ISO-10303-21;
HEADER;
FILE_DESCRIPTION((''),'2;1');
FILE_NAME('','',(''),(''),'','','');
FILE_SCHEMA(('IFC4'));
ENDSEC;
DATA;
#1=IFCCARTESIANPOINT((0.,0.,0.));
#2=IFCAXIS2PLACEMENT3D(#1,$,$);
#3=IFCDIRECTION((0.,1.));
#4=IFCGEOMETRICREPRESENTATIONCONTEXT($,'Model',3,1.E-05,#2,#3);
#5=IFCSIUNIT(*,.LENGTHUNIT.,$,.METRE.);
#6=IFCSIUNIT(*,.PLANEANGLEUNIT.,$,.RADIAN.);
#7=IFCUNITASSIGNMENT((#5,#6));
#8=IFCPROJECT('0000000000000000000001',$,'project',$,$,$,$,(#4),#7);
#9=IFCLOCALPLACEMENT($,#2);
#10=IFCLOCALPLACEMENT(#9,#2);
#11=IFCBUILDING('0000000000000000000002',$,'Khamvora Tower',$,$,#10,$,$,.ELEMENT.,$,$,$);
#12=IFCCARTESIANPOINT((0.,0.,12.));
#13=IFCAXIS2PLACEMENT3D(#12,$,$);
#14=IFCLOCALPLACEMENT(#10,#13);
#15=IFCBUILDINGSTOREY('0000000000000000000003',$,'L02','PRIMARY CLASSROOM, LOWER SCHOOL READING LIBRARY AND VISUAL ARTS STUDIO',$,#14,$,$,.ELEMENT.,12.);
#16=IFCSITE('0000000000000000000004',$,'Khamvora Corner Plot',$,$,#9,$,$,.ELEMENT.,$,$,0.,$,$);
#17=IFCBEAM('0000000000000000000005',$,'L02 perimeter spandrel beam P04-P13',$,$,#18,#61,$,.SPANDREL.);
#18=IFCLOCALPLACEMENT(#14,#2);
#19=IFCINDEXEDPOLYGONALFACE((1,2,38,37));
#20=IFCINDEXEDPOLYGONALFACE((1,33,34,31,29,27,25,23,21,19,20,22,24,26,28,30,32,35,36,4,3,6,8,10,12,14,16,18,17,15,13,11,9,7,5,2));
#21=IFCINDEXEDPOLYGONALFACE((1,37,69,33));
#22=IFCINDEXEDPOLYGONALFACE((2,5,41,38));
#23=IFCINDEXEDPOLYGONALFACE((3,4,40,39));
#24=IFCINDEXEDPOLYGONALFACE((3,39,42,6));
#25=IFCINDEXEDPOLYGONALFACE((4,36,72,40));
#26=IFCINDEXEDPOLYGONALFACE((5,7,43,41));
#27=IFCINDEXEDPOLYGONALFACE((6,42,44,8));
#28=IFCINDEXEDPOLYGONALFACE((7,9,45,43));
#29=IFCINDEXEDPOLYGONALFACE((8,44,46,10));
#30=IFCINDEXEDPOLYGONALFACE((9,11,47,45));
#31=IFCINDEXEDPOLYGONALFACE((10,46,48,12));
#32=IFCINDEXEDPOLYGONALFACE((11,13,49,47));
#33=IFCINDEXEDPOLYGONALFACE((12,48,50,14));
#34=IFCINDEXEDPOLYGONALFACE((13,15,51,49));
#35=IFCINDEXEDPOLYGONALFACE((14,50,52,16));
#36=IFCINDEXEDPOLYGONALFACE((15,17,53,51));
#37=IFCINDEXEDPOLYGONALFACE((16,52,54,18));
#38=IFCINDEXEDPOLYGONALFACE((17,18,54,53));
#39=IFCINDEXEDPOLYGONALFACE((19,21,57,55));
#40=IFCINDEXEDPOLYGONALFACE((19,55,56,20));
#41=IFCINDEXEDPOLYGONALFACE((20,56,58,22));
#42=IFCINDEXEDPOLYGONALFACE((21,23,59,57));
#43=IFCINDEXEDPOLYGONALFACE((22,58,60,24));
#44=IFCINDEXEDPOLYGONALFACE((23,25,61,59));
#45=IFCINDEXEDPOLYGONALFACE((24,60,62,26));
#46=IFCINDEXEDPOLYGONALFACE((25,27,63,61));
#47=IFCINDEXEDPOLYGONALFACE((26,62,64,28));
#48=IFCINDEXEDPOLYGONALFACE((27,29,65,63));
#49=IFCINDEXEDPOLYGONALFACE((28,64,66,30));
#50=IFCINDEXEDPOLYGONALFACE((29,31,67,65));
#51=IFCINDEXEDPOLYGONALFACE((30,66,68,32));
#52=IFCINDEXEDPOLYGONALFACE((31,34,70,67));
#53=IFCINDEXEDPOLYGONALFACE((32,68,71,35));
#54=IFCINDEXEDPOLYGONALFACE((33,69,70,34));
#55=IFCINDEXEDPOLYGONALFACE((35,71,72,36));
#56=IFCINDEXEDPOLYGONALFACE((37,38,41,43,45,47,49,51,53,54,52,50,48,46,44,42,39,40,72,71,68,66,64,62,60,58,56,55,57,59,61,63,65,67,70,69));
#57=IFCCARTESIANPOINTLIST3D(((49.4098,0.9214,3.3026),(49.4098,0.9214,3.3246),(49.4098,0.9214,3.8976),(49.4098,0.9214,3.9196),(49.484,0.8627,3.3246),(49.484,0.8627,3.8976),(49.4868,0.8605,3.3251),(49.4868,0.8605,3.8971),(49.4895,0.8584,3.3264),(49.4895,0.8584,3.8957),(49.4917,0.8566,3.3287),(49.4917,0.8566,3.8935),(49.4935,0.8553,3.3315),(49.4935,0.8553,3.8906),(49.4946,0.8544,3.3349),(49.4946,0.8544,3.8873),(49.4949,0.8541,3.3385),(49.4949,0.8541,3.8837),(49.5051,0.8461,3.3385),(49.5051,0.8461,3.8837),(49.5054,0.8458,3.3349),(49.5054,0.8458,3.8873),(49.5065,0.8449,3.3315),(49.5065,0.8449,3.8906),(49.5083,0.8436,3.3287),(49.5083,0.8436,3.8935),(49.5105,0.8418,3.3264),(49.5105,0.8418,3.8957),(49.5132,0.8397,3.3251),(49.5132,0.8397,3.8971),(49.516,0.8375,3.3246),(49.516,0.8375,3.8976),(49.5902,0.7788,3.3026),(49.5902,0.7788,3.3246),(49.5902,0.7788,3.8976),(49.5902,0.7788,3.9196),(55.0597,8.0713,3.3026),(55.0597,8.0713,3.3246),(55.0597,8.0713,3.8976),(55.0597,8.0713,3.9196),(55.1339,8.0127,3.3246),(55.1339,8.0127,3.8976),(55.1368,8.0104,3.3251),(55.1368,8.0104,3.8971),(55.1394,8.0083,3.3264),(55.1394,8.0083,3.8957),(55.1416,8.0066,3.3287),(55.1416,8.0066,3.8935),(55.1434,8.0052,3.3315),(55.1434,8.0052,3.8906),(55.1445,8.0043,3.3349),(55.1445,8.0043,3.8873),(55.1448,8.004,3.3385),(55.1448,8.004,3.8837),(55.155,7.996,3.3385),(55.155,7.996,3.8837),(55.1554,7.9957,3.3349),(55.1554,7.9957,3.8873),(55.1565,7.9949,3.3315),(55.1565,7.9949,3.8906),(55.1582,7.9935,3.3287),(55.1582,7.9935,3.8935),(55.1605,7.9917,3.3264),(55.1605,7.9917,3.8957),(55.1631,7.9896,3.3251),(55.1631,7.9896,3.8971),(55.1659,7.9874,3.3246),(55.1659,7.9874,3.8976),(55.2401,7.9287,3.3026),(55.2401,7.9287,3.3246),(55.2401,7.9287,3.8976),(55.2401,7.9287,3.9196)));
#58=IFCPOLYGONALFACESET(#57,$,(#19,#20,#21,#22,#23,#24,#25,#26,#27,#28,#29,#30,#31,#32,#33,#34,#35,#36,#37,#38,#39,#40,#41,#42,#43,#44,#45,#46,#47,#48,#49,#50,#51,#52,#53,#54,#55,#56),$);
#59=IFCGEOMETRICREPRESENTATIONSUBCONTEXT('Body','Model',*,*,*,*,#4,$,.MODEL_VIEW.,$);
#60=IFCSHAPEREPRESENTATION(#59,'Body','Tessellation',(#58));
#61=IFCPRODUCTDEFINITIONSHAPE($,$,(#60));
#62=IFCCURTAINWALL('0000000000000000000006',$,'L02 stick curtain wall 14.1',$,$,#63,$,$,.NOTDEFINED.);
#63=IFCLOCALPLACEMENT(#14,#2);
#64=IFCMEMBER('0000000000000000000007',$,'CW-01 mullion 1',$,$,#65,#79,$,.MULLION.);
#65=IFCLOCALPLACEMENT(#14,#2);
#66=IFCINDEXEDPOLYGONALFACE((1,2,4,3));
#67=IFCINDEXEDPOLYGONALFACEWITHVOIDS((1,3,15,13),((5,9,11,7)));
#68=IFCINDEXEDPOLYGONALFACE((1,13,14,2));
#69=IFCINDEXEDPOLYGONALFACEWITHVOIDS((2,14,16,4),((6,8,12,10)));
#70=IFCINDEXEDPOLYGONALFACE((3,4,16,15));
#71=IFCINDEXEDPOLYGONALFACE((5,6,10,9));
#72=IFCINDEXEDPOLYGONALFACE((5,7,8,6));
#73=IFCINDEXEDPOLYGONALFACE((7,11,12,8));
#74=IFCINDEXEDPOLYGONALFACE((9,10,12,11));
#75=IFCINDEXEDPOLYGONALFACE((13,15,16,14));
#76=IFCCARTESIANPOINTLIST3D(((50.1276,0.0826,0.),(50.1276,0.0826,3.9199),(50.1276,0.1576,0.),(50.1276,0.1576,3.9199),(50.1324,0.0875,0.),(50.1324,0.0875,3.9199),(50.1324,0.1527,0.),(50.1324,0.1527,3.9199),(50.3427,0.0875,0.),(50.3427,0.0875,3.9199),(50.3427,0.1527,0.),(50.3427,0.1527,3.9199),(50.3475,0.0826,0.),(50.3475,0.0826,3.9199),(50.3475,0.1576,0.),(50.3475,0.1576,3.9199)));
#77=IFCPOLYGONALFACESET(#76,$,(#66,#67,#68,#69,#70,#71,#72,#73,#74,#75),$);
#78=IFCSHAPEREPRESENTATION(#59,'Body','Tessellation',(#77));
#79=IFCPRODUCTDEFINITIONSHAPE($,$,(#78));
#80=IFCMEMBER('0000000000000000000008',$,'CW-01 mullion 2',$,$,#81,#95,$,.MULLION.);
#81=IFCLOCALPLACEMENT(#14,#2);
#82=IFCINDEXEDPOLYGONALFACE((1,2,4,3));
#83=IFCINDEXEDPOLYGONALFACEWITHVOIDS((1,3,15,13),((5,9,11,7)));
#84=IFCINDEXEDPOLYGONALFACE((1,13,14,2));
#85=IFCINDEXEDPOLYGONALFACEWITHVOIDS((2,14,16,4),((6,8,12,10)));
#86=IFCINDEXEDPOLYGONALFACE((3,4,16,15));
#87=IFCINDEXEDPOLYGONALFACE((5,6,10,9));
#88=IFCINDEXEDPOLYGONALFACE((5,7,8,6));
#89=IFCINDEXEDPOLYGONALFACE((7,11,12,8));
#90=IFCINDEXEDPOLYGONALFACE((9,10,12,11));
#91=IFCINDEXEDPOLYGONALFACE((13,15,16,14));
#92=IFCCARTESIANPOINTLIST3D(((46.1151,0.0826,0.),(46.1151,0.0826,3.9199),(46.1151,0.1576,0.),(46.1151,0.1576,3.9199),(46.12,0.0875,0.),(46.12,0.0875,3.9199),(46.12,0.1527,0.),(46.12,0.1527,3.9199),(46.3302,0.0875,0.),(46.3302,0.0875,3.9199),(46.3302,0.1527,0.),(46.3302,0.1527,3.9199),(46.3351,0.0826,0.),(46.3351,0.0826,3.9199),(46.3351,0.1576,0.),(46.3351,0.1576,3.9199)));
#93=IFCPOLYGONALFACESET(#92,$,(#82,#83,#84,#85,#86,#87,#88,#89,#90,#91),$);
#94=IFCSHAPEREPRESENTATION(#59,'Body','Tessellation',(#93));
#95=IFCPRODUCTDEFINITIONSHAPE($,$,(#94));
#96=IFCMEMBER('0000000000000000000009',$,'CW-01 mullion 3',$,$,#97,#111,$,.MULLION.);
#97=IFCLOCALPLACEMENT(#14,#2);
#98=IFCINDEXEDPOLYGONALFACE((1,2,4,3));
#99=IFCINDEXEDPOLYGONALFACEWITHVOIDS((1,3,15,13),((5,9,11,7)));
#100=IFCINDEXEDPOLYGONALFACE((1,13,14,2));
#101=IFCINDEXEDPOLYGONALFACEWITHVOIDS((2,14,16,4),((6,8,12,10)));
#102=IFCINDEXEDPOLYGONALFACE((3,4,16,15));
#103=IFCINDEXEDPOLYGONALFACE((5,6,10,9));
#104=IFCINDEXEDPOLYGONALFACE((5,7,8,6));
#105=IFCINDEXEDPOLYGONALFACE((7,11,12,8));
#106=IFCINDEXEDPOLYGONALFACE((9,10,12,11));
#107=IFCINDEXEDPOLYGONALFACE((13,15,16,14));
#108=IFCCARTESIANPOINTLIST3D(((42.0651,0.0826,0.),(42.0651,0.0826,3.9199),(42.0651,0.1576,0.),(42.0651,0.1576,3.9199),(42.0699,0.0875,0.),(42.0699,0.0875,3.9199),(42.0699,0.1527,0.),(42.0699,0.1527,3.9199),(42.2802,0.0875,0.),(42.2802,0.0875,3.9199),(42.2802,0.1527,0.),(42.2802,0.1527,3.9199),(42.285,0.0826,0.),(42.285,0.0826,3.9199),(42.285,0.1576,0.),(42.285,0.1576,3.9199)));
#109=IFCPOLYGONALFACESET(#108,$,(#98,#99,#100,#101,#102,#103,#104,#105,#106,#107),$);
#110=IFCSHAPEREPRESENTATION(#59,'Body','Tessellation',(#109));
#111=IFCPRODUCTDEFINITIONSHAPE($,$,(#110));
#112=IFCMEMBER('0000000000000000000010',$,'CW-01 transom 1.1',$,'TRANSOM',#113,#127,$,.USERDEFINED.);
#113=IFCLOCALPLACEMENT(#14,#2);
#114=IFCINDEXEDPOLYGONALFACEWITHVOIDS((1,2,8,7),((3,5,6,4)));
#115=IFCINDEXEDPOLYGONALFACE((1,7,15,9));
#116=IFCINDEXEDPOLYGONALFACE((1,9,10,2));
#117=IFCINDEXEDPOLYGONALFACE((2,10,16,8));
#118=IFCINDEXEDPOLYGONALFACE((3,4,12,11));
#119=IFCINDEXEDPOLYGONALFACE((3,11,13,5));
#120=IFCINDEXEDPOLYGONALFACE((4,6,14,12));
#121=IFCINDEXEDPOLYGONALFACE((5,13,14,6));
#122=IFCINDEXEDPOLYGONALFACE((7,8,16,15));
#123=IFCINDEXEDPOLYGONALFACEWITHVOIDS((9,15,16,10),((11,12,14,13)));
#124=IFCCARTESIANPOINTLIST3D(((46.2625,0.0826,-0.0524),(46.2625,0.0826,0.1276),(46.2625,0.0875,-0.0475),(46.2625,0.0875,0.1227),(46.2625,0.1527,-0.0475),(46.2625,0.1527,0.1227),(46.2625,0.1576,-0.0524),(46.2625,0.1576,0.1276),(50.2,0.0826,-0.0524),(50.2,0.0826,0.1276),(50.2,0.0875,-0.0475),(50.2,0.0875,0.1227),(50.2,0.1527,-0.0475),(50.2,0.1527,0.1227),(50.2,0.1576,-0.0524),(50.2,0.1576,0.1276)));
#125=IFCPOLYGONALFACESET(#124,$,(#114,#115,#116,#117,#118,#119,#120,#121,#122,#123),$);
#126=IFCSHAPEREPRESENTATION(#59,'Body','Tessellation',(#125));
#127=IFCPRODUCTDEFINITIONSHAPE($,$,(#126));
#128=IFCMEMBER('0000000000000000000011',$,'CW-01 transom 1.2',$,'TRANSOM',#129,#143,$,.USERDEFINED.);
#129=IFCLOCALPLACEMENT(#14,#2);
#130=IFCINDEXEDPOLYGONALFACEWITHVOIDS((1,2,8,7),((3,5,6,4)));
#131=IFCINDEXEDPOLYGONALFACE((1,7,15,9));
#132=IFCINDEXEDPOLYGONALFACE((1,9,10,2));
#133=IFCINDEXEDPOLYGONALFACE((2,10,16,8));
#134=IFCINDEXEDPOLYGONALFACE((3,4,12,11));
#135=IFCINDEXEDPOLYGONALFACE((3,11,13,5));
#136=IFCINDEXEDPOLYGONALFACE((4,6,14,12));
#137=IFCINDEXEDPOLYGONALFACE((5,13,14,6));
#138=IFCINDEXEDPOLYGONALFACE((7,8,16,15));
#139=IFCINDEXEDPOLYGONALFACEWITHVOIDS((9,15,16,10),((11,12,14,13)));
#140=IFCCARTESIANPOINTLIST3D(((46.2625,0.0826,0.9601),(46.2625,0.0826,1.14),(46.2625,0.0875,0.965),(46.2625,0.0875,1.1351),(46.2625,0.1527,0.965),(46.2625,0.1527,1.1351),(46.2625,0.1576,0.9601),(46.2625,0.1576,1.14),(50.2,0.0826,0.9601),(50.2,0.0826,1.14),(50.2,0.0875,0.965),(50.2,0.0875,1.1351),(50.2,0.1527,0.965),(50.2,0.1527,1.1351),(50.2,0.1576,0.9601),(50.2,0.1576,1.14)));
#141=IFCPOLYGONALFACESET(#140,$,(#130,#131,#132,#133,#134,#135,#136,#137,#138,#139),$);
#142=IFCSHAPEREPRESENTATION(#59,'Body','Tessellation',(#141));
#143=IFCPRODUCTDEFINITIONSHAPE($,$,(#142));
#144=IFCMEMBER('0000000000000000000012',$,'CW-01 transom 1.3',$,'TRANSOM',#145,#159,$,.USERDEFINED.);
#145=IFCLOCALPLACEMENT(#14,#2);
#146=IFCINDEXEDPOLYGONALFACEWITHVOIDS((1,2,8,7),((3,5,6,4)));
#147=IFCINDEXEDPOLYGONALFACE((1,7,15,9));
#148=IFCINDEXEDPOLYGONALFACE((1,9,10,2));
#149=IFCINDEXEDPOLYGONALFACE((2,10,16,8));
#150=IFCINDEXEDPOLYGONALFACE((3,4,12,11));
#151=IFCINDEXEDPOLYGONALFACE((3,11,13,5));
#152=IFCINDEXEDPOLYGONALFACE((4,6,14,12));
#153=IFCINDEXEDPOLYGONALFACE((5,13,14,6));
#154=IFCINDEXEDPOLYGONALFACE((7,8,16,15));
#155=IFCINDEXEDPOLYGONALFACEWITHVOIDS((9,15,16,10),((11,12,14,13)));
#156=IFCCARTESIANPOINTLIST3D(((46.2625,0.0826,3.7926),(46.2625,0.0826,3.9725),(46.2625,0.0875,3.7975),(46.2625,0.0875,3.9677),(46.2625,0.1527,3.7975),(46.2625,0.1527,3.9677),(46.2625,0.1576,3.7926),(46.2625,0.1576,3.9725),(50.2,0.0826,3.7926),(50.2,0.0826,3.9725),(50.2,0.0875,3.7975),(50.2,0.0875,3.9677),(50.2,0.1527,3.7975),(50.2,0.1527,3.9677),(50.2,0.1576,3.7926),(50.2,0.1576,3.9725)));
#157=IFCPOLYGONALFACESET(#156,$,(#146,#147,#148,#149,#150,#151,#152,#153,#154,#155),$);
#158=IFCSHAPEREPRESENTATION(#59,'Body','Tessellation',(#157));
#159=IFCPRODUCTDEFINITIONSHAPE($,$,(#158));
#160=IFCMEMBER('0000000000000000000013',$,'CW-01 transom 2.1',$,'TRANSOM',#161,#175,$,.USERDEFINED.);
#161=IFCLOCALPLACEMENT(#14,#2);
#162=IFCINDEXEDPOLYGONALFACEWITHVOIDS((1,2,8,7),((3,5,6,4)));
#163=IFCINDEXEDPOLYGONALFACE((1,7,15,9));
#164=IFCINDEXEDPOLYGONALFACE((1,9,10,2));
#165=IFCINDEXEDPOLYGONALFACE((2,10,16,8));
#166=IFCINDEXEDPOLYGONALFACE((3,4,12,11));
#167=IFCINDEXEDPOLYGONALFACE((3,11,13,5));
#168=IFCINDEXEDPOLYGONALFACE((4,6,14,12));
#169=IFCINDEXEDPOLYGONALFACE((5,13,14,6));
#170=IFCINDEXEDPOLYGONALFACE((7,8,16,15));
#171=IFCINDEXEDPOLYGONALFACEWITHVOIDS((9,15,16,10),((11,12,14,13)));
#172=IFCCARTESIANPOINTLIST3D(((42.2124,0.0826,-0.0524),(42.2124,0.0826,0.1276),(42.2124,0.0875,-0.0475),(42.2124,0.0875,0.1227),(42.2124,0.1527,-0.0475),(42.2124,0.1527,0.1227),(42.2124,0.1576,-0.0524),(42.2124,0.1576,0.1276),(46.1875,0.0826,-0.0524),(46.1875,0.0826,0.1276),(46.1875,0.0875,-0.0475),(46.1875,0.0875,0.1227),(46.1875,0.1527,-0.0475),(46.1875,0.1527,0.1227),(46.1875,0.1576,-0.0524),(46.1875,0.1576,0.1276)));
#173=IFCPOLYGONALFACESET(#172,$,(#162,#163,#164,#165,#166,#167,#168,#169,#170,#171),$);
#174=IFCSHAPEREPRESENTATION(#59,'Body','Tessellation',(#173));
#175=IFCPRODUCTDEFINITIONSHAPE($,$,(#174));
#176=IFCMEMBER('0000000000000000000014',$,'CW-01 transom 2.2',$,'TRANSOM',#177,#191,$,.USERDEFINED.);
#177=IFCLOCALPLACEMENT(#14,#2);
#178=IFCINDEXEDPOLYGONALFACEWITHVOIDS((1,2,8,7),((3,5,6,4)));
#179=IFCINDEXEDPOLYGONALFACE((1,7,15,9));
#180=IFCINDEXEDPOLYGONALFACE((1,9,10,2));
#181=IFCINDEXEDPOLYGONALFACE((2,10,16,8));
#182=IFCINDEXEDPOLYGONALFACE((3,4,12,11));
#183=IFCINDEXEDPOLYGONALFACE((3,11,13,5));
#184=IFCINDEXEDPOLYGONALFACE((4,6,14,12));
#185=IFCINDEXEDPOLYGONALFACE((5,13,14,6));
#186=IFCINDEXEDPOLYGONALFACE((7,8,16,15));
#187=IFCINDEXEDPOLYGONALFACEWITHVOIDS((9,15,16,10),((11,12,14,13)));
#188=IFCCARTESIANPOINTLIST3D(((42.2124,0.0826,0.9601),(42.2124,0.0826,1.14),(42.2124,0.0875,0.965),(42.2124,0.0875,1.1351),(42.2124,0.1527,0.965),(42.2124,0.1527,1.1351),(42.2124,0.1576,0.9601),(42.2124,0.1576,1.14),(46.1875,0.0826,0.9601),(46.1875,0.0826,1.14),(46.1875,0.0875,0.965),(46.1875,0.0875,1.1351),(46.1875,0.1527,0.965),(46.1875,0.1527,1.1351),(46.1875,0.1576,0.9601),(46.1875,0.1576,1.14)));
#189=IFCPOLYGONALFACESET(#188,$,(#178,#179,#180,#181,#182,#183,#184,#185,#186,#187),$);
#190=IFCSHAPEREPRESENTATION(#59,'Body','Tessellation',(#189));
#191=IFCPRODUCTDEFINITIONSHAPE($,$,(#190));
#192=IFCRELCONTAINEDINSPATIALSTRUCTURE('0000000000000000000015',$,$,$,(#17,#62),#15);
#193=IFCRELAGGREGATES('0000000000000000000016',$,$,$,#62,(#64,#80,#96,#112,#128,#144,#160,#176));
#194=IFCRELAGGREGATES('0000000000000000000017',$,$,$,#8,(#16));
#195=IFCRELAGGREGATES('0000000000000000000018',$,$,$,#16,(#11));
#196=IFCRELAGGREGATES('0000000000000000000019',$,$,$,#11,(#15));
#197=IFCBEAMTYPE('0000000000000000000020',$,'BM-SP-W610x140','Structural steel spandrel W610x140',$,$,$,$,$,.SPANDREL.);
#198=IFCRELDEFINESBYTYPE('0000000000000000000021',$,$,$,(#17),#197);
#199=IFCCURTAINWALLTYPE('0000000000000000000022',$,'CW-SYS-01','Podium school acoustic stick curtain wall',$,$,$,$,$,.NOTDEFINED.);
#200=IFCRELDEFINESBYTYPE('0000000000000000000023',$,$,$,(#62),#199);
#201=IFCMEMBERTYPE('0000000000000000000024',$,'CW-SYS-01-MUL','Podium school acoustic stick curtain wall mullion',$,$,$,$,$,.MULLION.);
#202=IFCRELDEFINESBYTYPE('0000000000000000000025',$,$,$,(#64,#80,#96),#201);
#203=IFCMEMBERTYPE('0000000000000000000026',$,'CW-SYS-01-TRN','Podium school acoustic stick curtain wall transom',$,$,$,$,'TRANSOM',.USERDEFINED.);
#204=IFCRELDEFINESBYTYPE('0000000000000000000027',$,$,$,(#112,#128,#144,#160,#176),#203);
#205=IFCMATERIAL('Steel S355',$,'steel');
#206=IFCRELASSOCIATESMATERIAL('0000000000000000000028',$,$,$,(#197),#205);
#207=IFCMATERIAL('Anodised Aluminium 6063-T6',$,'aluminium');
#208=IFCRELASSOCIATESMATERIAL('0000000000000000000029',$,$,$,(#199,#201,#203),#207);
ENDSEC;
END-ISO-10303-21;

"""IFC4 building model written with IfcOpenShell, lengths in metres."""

from ifc_helpers import new_model, si_unit, direction, frame, origin, origin_2d, place, context, subcontext, project, spatial, hollow_rectangle, i_section, extrude, material, material_profile, profile_set, type_object, element, aggregate, save


model = new_model("IFC4")

# Units and contexts
model_context = context("Model", 3, precision=1e-05, world=origin(), true_north=direction((0.0, 1.0)))
body_context = subcontext(model_context, "Body", "Model", "MODEL_VIEW")
ifc_project = project(units=[si_unit("LENGTHUNIT", "METRE"), si_unit("PLANEANGLEUNIT", "RADIAN")], contexts=[model_context])

# Site, building, storey
site_placement = place(None, origin())
site = spatial("IfcSite", under=ifc_project, at=site_placement, Name="Khamvora Corner Plot", CompositionType="ELEMENT", RefElevation=0.0)
building_placement = place(site_placement, origin())
building = spatial("IfcBuilding", under=site, at=building_placement, Name="Khamvora Tower", CompositionType="ELEMENT")
storey_placement = place(building_placement, frame((0.0, 0.0, 12.0)))
storey = spatial("IfcBuildingStorey", under=building, at=storey_placement, Name="L02", Description="PRIMARY CLASSROOM, LOWER SCHOOL READING LIBRARY AND VISUAL ARTS STUDIO", CompositionType="ELEMENT", Elevation=12.0)

# Beam
ifc_material_1 = material(Name="Steel S355", Category="steel")
ifc_material_profile_1 = material_profile(ifc_material_1, i_section(OverallWidth=0.23, OverallDepth=0.6169, WebThickness=0.0129, FlangeThickness=0.022, FilletRadius=0.0139, at=origin_2d()), Name="W610x140")
ifc_profile_set_1 = profile_set([ifc_material_profile_1], Name="Steel S355")
beam_type_1 = type_object("IfcBeamType", Name="BM-SP-W610x140", Description="Structural steel spandrel W610x140", PredefinedType="SPANDREL", material=ifc_profile_set_1)
beam_1_placement = place(storey_placement, frame((49.5, 0.8501, 3.6111), z_axis=(0.619999, 0.784603, 0.0), x_axis=(-0.784603, 0.619999, 0.0)))
element("IfcBeam", 1, at=beam_1_placement, inside=storey, type_object=beam_type_1, Name="L02 perimeter spandrel beam P04-P13", PredefinedType="SPANDREL", context=body_context, shape_type="SweptSolid", body=[
    extrude(i_section(OverallWidth=0.23, OverallDepth=0.6169, WebThickness=0.0129, FlangeThickness=0.022, FilletRadius=0.0139, at=origin_2d()), origin(), (0.0, 0.0, 1.0), 9.1128),
])

# Curtain wall, members
ifc_material_2 = material(Name="Anodised Aluminium 6063-T6", Category="aluminium")
curtain_wall_type = type_object("IfcCurtainWallType", Name="CW-SYS-01", Description="Podium school acoustic stick curtain wall", PredefinedType="NOTDEFINED", material=ifc_material_2)
curtain_wall_placement = place(storey_placement, origin())
curtain_wall = element("IfcCurtainWall", 2, at=curtain_wall_placement, inside=storey, type_object=curtain_wall_type, Name="L02 stick curtain wall 14.1", PredefinedType="NOTDEFINED")
ifc_material_profile_2 = material_profile(ifc_material_2, hollow_rectangle(XDim=0.075, YDim=0.22, WallThickness=0.0049, at=origin_2d()), Name="MUL75x220x5")
ifc_profile_set_2 = profile_set([ifc_material_profile_2], Name="Anodised Aluminium 6063-T6")
member_type_1 = type_object("IfcMemberType", Name="CW-SYS-01-MUL", Description="Podium school acoustic stick curtain wall mullion", PredefinedType="MULLION", material=ifc_profile_set_2)
member_1_placement = place(storey_placement, frame((50.2375, 0.1201, 0.0), z_axis=(0.0, 0.0, 1.0), x_axis=(0.0, -1.0, 0.0)))
member_1 = element("IfcMember", 3, at=member_1_placement, type_object=member_type_1, Name="CW-01 mullion 1", PredefinedType="MULLION", context=body_context, shape_type="SweptSolid", body=[
    extrude(hollow_rectangle(XDim=0.075, YDim=0.22, WallThickness=0.0049, at=origin_2d()), origin(), (0.0, 0.0, 1.0), 3.9199),
])
member_2_placement = place(storey_placement, frame((46.2251, 0.1201, 0.0), z_axis=(0.0, 0.0, 1.0), x_axis=(0.0, -1.0, 0.0)))
member_2 = element("IfcMember", 4, at=member_2_placement, type_object=member_type_1, Name="CW-01 mullion 2", PredefinedType="MULLION", context=body_context, shape_type="SweptSolid", body=[
    extrude(hollow_rectangle(XDim=0.075, YDim=0.22, WallThickness=0.0049, at=origin_2d()), origin(), (0.0, 0.0, 1.0), 3.9199),
])
member_3_placement = place(storey_placement, frame((42.175, 0.1201, 0.0), z_axis=(0.0, 0.0, 1.0), x_axis=(0.0, -1.0, 0.0)))
member_3 = element("IfcMember", 5, at=member_3_placement, type_object=member_type_1, Name="CW-01 mullion 3", PredefinedType="MULLION", context=body_context, shape_type="SweptSolid", body=[
    extrude(hollow_rectangle(XDim=0.075, YDim=0.22, WallThickness=0.0049, at=origin_2d()), origin(), (0.0, 0.0, 1.0), 3.9199),
])
ifc_material_profile_3 = material_profile(ifc_material_2, hollow_rectangle(XDim=0.075, YDim=0.1799, WallThickness=0.0049, at=origin_2d()), Name="TRN75x180x5")
ifc_profile_set_3 = profile_set([ifc_material_profile_3], Name="Anodised Aluminium 6063-T6")
member_type_2 = type_object("IfcMemberType", Name="CW-SYS-01-TRN", Description="Podium school acoustic stick curtain wall transom", ElementType="TRANSOM", PredefinedType="USERDEFINED", material=ifc_profile_set_3)
member_4_placement = place(storey_placement, frame((50.2, 0.1201, 0.0376), z_axis=(-1.0, 0.0, 0.0), x_axis=(0.0, -1.0, 0.0)))
member_4 = element("IfcMember", 6, at=member_4_placement, type_object=member_type_2, Name="CW-01 transom 1.1", ObjectType="TRANSOM", PredefinedType="USERDEFINED", context=body_context, shape_type="SweptSolid", body=[
    extrude(hollow_rectangle(XDim=0.075, YDim=0.1799, WallThickness=0.0049, at=origin_2d()), origin(), (0.0, 0.0, 1.0), 3.9375),
])
member_5_placement = place(storey_placement, frame((50.2, 0.1201, 1.05), z_axis=(-1.0, 0.0, 0.0), x_axis=(0.0, -1.0, 0.0)))
member_5 = element("IfcMember", 7, at=member_5_placement, type_object=member_type_2, Name="CW-01 transom 1.2", ObjectType="TRANSOM", PredefinedType="USERDEFINED", context=body_context, shape_type="SweptSolid", body=[
    extrude(hollow_rectangle(XDim=0.075, YDim=0.1799, WallThickness=0.0049, at=origin_2d()), origin(), (0.0, 0.0, 1.0), 3.9375),
])
member_6_placement = place(storey_placement, frame((50.2, 0.1201, 3.8826), z_axis=(-1.0, 0.0, 0.0), x_axis=(0.0, -1.0, 0.0)))
member_6 = element("IfcMember", 8, at=member_6_placement, type_object=member_type_2, Name="CW-01 transom 1.3", ObjectType="TRANSOM", PredefinedType="USERDEFINED", context=body_context, shape_type="SweptSolid", body=[
    extrude(hollow_rectangle(XDim=0.075, YDim=0.1799, WallThickness=0.0049, at=origin_2d()), origin(), (0.0, 0.0, 1.0), 3.9375),
])
member_7_placement = place(storey_placement, frame((46.1875, 0.1201, 0.0376), z_axis=(-1.0, 0.0, 0.0), x_axis=(0.0, -1.0, 0.0)))
member_7 = element("IfcMember", 9, at=member_7_placement, type_object=member_type_2, Name="CW-01 transom 2.1", ObjectType="TRANSOM", PredefinedType="USERDEFINED", context=body_context, shape_type="SweptSolid", body=[
    extrude(hollow_rectangle(XDim=0.075, YDim=0.1799, WallThickness=0.0049, at=origin_2d()), origin(), (0.0, 0.0, 1.0), 3.9751),
])
member_8_placement = place(storey_placement, frame((46.1875, 0.1201, 1.05), z_axis=(-1.0, 0.0, 0.0), x_axis=(0.0, -1.0, 0.0)))
member_8 = element("IfcMember", 10, at=member_8_placement, type_object=member_type_2, Name="CW-01 transom 2.2", ObjectType="TRANSOM", PredefinedType="USERDEFINED", context=body_context, shape_type="SweptSolid", body=[
    extrude(hollow_rectangle(XDim=0.075, YDim=0.1799, WallThickness=0.0049, at=origin_2d()), origin(), (0.0, 0.0, 1.0), 3.9751),
])
aggregate(curtain_wall, [member_1, member_2, member_3, member_4, member_5, member_6, member_7, member_8])

save(model, "model.ifc")
